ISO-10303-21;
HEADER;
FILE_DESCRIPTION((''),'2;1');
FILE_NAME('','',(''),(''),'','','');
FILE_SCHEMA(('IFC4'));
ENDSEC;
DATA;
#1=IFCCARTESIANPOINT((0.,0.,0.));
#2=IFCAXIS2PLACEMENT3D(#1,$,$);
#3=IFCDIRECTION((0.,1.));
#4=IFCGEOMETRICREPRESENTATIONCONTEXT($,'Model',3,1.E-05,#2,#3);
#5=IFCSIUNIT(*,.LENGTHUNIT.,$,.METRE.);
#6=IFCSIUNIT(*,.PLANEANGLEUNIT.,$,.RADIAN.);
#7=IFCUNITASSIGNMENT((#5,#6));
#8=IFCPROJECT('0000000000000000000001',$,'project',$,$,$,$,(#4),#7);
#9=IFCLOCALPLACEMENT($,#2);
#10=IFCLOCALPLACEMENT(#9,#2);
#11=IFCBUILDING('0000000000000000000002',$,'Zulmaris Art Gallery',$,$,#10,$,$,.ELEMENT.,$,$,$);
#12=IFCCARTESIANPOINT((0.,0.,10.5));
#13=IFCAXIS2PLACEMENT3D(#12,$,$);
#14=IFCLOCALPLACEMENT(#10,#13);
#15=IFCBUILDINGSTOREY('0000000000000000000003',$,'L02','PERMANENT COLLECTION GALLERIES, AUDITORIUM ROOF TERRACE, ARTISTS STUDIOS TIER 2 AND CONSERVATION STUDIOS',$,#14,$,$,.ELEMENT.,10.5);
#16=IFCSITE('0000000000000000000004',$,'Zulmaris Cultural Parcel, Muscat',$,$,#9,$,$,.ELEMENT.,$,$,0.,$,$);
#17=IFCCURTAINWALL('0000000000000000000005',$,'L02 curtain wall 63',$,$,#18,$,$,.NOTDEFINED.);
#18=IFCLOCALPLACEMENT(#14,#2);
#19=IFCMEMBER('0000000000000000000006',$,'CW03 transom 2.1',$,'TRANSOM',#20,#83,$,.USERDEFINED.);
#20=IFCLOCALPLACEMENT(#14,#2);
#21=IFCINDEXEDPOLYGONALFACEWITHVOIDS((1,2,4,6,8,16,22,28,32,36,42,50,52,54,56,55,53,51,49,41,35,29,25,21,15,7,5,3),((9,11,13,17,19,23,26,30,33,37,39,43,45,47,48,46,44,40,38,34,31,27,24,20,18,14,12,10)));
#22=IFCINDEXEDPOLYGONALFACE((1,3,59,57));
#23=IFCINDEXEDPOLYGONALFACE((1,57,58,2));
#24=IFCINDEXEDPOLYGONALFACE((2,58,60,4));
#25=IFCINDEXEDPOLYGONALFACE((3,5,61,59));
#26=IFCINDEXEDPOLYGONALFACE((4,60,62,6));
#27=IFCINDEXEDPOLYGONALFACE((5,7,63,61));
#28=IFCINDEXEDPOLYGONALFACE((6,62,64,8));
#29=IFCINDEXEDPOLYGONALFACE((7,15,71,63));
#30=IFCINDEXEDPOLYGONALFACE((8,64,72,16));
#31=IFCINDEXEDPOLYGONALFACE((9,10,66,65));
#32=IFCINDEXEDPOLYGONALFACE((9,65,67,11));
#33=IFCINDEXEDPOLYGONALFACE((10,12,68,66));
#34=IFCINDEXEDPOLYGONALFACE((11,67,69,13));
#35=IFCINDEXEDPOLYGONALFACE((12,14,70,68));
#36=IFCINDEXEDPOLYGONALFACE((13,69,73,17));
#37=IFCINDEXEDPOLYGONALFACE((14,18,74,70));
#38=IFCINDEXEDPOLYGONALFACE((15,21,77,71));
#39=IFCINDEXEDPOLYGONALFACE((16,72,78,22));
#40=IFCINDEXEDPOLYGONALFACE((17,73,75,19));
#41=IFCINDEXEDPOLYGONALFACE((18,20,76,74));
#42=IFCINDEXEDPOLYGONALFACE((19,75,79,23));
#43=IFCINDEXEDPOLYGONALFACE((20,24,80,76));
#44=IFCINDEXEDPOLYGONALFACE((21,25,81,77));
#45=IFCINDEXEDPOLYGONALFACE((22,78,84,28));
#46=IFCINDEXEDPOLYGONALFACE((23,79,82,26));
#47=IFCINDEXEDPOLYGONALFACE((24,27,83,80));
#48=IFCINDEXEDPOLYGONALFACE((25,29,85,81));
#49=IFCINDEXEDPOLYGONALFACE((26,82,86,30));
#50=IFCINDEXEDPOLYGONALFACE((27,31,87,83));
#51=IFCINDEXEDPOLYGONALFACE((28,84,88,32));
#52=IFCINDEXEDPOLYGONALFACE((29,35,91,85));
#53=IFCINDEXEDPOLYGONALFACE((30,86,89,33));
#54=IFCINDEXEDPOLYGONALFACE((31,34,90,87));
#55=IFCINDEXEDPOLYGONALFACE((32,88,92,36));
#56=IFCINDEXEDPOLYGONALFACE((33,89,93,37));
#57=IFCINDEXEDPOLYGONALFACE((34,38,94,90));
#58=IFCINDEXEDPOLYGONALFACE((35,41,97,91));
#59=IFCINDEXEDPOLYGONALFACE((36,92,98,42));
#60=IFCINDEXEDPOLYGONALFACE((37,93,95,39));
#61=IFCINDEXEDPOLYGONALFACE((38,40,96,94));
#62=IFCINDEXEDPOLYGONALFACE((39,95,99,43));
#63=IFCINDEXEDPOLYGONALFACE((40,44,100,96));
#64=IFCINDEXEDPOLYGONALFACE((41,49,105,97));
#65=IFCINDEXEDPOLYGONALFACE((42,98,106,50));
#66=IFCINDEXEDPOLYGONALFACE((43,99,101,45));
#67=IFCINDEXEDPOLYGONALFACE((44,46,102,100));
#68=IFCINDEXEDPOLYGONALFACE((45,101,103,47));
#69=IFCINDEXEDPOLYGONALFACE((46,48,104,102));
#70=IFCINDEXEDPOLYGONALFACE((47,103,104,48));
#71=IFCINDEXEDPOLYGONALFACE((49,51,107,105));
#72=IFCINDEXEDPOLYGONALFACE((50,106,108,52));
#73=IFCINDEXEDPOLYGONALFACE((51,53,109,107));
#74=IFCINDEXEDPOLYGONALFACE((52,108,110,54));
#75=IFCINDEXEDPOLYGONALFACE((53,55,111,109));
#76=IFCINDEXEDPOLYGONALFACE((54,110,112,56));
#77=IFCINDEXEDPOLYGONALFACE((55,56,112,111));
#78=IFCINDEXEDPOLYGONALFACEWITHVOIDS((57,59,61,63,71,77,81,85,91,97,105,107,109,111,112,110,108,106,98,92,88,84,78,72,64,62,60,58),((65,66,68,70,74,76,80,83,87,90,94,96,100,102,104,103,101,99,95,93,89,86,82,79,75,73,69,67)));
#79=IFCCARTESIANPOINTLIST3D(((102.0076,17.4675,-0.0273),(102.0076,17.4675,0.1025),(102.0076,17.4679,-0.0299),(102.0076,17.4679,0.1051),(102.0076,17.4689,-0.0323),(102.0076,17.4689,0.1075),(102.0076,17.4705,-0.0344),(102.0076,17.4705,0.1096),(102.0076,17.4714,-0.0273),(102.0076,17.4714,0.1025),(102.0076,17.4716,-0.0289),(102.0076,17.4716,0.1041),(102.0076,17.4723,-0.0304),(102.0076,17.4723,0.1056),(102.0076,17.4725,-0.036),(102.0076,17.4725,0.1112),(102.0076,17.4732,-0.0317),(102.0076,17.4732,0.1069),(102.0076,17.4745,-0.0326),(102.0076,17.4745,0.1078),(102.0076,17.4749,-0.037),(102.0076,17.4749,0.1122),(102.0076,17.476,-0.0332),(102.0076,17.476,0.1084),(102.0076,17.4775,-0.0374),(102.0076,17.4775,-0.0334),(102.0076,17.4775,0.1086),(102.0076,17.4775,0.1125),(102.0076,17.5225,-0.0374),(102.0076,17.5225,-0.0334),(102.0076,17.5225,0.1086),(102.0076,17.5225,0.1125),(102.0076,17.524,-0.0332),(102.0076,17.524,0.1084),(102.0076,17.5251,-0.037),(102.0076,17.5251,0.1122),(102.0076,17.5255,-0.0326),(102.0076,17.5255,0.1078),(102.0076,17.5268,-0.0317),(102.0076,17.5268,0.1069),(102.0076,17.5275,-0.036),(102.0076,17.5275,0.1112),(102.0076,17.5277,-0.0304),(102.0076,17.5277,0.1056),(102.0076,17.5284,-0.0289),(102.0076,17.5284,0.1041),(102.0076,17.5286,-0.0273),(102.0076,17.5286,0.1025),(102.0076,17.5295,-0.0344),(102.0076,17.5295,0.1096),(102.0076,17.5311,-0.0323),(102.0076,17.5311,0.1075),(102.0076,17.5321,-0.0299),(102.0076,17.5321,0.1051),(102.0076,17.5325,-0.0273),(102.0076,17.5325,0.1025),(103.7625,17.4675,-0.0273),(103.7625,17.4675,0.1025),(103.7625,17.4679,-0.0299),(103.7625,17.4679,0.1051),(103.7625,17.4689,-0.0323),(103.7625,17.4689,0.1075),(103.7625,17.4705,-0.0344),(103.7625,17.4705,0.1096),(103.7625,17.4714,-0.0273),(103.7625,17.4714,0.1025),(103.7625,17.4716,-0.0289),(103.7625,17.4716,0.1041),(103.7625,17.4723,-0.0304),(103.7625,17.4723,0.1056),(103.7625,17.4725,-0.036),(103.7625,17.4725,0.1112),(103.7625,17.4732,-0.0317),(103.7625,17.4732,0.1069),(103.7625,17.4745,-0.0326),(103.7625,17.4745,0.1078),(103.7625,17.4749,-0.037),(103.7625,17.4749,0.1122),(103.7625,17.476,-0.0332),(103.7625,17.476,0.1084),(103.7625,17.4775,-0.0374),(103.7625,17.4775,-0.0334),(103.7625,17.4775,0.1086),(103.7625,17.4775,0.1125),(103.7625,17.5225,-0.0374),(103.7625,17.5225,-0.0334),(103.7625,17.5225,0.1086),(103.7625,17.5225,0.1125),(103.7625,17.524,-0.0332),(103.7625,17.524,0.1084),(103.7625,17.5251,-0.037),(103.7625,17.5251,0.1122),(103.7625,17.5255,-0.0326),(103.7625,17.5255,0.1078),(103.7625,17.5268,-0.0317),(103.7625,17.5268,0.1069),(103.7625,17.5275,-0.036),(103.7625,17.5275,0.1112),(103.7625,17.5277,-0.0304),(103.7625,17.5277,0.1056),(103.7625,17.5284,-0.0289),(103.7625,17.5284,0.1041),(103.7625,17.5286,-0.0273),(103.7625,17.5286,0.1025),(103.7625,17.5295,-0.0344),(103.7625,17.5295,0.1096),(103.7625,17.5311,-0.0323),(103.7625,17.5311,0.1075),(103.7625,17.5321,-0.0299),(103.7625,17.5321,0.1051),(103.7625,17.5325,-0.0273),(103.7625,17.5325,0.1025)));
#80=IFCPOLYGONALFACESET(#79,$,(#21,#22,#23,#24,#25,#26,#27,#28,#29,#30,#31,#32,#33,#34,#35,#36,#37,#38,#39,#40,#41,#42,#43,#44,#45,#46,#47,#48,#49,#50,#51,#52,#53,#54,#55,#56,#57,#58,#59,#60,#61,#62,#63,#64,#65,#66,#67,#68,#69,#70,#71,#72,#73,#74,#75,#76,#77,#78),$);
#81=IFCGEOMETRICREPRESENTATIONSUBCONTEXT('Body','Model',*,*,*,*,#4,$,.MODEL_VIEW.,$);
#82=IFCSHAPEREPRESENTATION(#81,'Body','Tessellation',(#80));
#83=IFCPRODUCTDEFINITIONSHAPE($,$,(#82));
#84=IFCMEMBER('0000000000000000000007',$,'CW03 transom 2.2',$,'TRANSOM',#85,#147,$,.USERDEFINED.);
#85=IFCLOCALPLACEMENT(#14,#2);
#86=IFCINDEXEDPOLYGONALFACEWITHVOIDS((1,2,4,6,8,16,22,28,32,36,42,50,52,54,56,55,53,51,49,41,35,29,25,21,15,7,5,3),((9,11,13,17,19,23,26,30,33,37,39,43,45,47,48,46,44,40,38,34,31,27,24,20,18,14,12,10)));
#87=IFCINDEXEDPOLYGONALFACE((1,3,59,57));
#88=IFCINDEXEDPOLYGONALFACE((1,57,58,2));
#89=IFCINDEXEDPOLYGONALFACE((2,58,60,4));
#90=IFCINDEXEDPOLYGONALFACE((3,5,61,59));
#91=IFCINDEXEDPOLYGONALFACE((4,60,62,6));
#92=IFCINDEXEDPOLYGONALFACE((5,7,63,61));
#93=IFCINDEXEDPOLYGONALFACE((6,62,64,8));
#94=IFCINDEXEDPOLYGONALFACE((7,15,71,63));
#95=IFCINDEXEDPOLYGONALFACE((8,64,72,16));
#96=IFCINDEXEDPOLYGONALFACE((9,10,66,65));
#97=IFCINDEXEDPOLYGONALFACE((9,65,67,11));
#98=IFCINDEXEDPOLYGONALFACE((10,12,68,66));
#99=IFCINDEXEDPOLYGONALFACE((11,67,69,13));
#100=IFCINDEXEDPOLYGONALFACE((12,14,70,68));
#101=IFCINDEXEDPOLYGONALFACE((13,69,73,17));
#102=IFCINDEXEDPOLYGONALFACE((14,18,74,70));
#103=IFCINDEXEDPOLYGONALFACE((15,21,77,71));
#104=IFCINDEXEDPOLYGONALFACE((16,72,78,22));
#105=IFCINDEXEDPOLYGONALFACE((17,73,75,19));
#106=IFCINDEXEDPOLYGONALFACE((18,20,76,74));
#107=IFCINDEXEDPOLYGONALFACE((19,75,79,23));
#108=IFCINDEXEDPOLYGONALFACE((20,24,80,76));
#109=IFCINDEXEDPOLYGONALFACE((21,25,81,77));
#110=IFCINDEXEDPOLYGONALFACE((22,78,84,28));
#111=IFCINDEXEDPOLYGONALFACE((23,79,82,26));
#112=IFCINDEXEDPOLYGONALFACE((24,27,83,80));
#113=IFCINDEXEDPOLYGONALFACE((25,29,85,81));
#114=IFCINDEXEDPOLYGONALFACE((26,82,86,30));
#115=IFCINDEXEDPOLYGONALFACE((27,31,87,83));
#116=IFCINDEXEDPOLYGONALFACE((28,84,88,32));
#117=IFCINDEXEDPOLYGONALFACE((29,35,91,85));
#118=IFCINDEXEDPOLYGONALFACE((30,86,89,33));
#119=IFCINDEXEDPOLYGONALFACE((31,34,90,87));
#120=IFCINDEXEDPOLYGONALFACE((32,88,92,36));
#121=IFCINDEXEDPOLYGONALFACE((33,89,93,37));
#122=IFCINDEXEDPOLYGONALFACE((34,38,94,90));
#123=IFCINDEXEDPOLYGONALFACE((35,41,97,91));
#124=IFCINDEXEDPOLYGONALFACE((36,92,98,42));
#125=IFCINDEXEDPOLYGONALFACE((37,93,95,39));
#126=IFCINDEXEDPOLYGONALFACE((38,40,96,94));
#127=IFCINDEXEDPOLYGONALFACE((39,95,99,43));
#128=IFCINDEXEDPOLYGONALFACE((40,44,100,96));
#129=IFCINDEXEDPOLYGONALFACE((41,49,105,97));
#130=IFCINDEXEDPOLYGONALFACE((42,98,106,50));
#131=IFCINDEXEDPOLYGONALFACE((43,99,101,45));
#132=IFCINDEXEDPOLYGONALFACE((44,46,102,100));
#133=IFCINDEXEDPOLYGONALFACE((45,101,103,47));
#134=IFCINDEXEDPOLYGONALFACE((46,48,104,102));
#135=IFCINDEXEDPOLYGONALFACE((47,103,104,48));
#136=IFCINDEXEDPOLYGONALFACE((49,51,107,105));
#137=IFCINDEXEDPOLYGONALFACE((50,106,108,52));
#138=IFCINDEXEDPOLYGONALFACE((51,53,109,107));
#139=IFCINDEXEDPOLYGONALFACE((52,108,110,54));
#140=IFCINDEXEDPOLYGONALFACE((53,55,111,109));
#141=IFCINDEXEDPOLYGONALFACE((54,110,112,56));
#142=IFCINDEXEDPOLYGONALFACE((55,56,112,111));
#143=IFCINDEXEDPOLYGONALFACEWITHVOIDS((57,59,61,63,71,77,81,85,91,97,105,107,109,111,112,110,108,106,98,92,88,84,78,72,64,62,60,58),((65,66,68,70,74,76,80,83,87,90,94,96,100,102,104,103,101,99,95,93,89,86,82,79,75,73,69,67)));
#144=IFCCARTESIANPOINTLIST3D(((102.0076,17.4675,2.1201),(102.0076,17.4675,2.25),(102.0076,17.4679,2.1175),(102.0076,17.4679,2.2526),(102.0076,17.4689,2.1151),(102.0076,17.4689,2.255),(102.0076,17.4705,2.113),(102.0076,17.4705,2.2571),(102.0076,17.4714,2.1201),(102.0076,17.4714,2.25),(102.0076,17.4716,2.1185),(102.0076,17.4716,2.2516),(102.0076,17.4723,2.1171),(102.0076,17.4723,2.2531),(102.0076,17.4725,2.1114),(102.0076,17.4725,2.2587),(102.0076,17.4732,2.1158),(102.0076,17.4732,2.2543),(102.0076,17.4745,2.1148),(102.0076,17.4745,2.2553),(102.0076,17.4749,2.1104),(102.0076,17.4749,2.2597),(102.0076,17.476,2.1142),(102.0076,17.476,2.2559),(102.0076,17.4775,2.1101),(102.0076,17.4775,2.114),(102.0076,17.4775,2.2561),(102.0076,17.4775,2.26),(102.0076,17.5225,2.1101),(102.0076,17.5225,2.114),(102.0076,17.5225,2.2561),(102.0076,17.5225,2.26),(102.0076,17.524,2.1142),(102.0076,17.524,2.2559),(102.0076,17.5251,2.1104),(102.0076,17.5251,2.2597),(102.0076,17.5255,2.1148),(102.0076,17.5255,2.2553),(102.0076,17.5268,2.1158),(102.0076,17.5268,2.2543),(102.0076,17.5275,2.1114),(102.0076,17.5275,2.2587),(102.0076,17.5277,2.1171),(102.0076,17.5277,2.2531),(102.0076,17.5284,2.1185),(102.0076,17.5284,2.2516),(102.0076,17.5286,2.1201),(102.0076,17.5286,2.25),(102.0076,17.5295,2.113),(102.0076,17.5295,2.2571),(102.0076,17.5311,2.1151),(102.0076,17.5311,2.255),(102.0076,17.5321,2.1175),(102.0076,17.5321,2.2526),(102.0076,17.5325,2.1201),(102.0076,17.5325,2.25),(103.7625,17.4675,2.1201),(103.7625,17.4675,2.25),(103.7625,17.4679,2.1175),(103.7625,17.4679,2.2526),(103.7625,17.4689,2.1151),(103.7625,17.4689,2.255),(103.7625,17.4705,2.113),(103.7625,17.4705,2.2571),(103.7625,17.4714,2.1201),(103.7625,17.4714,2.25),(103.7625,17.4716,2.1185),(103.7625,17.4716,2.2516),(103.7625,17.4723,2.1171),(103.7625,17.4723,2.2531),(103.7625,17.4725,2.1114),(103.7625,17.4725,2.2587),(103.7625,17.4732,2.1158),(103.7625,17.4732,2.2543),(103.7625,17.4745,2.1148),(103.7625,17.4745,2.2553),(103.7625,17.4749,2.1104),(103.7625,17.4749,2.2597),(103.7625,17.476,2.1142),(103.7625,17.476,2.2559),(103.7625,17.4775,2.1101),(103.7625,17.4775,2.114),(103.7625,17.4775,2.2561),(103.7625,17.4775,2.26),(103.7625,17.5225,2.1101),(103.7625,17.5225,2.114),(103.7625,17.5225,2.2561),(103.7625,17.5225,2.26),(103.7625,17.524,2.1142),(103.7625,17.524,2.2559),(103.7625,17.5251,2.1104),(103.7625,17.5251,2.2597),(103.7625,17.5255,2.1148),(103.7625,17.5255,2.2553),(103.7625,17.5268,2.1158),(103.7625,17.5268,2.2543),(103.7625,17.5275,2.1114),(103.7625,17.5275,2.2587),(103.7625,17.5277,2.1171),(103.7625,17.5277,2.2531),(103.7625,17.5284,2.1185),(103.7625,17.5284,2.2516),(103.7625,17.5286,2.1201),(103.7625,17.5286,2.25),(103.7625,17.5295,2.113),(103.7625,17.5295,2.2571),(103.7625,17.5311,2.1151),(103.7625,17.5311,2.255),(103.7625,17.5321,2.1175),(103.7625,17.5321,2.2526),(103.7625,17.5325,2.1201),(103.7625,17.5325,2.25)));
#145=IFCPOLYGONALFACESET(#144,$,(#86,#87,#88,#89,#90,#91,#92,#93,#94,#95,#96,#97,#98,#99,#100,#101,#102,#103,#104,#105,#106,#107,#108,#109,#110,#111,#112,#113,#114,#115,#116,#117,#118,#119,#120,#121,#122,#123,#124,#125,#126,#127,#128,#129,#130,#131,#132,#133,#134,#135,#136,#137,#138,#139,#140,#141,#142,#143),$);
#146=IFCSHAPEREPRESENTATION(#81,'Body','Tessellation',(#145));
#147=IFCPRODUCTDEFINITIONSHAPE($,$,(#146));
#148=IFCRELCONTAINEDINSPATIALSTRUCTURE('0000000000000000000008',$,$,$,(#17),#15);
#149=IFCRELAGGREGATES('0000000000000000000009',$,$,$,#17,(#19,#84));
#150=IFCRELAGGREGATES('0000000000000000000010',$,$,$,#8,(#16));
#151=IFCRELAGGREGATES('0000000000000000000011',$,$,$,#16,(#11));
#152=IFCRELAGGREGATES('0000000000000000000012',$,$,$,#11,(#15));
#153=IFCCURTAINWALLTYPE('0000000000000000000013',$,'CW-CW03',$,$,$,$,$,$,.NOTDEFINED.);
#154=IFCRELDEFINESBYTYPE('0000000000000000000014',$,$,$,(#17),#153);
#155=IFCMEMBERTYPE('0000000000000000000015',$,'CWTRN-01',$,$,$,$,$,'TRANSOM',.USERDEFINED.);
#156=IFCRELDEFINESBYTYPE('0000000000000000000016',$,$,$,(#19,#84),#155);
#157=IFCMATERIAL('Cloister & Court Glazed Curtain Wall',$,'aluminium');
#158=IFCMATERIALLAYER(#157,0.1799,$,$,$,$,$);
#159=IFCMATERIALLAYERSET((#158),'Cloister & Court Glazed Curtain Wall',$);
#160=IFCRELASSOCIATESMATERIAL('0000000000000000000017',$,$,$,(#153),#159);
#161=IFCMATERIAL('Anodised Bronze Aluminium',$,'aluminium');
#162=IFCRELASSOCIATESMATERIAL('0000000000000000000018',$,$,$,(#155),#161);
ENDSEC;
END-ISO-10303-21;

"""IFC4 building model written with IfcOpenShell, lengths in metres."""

from ifc_helpers import new_model, si_unit, direction, frame, origin, origin_2d, place, context, subcontext, project, spatial, hollow_rectangle, extrude, material, layer, layer_set, material_profile, profile_set, type_object, element, aggregate, save


model = new_model("IFC4")

# Units and contexts
model_context = context("Model", 3, precision=1e-05, world=origin(), true_north=direction((0.0, 1.0)))
body_context = subcontext(model_context, "Body", "Model", "MODEL_VIEW")
ifc_project = project(units=[si_unit("LENGTHUNIT", "METRE"), si_unit("PLANEANGLEUNIT", "RADIAN")], contexts=[model_context])

# Site, building, storey
site_placement = place(None, origin())
site = spatial("IfcSite", under=ifc_project, at=site_placement, Name="Zulmaris Cultural Parcel, Muscat", CompositionType="ELEMENT", RefElevation=0.0)
building_placement = place(site_placement, origin())
building = spatial("IfcBuilding", under=site, at=building_placement, Name="Zulmaris Art Gallery", CompositionType="ELEMENT")
storey_placement = place(building_placement, frame((0.0, 0.0, 10.5)))
storey = spatial("IfcBuildingStorey", under=building, at=storey_placement, Name="L02", Description="PERMANENT COLLECTION GALLERIES, AUDITORIUM ROOF TERRACE, ARTISTS STUDIOS TIER 2 AND CONSERVATION STUDIOS", CompositionType="ELEMENT", Elevation=10.5)

# Shared definitions
ifc_material_1 = material(Name="Cloister & Court Glazed Curtain Wall", Category="aluminium")
ifc_layer_1 = layer(ifc_material_1, 0.1799)
ifc_layer_set_1 = layer_set([ifc_layer_1], Name="Cloister & Court Glazed Curtain Wall")
curtain_wall_type = type_object("IfcCurtainWallType", Name="CW-CW03", PredefinedType="NOTDEFINED", material=ifc_layer_set_1)
ifc_material_2 = material(Name="Anodised Bronze Aluminium", Category="aluminium")

# Curtain wall, members
curtain_wall_1_placement = place(storey_placement, origin())
curtain_wall_1 = element("IfcCurtainWall", 1, at=curtain_wall_1_placement, inside=storey, type_object=curtain_wall_type, Name="L02 curtain wall 63", PredefinedType="NOTDEFINED")
ifc_material_profile_1 = material_profile(ifc_material_2, hollow_rectangle(XDim=0.0649, YDim=0.1499, WallThickness=0.0039, InnerFilletRadius=0.0061, OuterFilletRadius=0.01, at=origin_2d()), Name="ALU 65x150x4")
ifc_profile_set_1 = profile_set([ifc_material_profile_1], Name="Anodised Bronze Aluminium")
member_type_1 = type_object("IfcMemberType", Name="CWTRN-01", ElementType="TRANSOM", PredefinedType="USERDEFINED", material=ifc_profile_set_1)
member_1_placement = place(storey_placement, frame((102.0076, 17.5, 0.0376), z_axis=(1.0, 0.0, 0.0), x_axis=(0.0, 1.0, 0.0)))
member_1 = element("IfcMember", 2, at=member_1_placement, type_object=member_type_1, Name="CW03 transom 2.1", ObjectType="TRANSOM", PredefinedType="USERDEFINED", context=body_context, shape_type="SweptSolid", body=[
    extrude(hollow_rectangle(XDim=0.0649, YDim=0.1499, WallThickness=0.0039, InnerFilletRadius=0.0061, OuterFilletRadius=0.01, at=origin_2d()), origin(), (0.0, 0.0, 1.0), 1.7549),
])
member_2_placement = place(storey_placement, frame((102.0076, 17.5, 2.1851), z_axis=(1.0, 0.0, 0.0), x_axis=(0.0, 1.0, 0.0)))
member_2 = element("IfcMember", 3, at=member_2_placement, type_object=member_type_1, Name="CW03 transom 2.2", ObjectType="TRANSOM", PredefinedType="USERDEFINED", context=body_context, shape_type="SweptSolid", body=[
    extrude(hollow_rectangle(XDim=0.0649, YDim=0.1499, WallThickness=0.0039, InnerFilletRadius=0.0061, OuterFilletRadius=0.01, at=origin_2d()), origin(), (0.0, 0.0, 1.0), 1.7549),
])
aggregate(curtain_wall_1, [member_1, member_2])

save(model, "model.ifc")
